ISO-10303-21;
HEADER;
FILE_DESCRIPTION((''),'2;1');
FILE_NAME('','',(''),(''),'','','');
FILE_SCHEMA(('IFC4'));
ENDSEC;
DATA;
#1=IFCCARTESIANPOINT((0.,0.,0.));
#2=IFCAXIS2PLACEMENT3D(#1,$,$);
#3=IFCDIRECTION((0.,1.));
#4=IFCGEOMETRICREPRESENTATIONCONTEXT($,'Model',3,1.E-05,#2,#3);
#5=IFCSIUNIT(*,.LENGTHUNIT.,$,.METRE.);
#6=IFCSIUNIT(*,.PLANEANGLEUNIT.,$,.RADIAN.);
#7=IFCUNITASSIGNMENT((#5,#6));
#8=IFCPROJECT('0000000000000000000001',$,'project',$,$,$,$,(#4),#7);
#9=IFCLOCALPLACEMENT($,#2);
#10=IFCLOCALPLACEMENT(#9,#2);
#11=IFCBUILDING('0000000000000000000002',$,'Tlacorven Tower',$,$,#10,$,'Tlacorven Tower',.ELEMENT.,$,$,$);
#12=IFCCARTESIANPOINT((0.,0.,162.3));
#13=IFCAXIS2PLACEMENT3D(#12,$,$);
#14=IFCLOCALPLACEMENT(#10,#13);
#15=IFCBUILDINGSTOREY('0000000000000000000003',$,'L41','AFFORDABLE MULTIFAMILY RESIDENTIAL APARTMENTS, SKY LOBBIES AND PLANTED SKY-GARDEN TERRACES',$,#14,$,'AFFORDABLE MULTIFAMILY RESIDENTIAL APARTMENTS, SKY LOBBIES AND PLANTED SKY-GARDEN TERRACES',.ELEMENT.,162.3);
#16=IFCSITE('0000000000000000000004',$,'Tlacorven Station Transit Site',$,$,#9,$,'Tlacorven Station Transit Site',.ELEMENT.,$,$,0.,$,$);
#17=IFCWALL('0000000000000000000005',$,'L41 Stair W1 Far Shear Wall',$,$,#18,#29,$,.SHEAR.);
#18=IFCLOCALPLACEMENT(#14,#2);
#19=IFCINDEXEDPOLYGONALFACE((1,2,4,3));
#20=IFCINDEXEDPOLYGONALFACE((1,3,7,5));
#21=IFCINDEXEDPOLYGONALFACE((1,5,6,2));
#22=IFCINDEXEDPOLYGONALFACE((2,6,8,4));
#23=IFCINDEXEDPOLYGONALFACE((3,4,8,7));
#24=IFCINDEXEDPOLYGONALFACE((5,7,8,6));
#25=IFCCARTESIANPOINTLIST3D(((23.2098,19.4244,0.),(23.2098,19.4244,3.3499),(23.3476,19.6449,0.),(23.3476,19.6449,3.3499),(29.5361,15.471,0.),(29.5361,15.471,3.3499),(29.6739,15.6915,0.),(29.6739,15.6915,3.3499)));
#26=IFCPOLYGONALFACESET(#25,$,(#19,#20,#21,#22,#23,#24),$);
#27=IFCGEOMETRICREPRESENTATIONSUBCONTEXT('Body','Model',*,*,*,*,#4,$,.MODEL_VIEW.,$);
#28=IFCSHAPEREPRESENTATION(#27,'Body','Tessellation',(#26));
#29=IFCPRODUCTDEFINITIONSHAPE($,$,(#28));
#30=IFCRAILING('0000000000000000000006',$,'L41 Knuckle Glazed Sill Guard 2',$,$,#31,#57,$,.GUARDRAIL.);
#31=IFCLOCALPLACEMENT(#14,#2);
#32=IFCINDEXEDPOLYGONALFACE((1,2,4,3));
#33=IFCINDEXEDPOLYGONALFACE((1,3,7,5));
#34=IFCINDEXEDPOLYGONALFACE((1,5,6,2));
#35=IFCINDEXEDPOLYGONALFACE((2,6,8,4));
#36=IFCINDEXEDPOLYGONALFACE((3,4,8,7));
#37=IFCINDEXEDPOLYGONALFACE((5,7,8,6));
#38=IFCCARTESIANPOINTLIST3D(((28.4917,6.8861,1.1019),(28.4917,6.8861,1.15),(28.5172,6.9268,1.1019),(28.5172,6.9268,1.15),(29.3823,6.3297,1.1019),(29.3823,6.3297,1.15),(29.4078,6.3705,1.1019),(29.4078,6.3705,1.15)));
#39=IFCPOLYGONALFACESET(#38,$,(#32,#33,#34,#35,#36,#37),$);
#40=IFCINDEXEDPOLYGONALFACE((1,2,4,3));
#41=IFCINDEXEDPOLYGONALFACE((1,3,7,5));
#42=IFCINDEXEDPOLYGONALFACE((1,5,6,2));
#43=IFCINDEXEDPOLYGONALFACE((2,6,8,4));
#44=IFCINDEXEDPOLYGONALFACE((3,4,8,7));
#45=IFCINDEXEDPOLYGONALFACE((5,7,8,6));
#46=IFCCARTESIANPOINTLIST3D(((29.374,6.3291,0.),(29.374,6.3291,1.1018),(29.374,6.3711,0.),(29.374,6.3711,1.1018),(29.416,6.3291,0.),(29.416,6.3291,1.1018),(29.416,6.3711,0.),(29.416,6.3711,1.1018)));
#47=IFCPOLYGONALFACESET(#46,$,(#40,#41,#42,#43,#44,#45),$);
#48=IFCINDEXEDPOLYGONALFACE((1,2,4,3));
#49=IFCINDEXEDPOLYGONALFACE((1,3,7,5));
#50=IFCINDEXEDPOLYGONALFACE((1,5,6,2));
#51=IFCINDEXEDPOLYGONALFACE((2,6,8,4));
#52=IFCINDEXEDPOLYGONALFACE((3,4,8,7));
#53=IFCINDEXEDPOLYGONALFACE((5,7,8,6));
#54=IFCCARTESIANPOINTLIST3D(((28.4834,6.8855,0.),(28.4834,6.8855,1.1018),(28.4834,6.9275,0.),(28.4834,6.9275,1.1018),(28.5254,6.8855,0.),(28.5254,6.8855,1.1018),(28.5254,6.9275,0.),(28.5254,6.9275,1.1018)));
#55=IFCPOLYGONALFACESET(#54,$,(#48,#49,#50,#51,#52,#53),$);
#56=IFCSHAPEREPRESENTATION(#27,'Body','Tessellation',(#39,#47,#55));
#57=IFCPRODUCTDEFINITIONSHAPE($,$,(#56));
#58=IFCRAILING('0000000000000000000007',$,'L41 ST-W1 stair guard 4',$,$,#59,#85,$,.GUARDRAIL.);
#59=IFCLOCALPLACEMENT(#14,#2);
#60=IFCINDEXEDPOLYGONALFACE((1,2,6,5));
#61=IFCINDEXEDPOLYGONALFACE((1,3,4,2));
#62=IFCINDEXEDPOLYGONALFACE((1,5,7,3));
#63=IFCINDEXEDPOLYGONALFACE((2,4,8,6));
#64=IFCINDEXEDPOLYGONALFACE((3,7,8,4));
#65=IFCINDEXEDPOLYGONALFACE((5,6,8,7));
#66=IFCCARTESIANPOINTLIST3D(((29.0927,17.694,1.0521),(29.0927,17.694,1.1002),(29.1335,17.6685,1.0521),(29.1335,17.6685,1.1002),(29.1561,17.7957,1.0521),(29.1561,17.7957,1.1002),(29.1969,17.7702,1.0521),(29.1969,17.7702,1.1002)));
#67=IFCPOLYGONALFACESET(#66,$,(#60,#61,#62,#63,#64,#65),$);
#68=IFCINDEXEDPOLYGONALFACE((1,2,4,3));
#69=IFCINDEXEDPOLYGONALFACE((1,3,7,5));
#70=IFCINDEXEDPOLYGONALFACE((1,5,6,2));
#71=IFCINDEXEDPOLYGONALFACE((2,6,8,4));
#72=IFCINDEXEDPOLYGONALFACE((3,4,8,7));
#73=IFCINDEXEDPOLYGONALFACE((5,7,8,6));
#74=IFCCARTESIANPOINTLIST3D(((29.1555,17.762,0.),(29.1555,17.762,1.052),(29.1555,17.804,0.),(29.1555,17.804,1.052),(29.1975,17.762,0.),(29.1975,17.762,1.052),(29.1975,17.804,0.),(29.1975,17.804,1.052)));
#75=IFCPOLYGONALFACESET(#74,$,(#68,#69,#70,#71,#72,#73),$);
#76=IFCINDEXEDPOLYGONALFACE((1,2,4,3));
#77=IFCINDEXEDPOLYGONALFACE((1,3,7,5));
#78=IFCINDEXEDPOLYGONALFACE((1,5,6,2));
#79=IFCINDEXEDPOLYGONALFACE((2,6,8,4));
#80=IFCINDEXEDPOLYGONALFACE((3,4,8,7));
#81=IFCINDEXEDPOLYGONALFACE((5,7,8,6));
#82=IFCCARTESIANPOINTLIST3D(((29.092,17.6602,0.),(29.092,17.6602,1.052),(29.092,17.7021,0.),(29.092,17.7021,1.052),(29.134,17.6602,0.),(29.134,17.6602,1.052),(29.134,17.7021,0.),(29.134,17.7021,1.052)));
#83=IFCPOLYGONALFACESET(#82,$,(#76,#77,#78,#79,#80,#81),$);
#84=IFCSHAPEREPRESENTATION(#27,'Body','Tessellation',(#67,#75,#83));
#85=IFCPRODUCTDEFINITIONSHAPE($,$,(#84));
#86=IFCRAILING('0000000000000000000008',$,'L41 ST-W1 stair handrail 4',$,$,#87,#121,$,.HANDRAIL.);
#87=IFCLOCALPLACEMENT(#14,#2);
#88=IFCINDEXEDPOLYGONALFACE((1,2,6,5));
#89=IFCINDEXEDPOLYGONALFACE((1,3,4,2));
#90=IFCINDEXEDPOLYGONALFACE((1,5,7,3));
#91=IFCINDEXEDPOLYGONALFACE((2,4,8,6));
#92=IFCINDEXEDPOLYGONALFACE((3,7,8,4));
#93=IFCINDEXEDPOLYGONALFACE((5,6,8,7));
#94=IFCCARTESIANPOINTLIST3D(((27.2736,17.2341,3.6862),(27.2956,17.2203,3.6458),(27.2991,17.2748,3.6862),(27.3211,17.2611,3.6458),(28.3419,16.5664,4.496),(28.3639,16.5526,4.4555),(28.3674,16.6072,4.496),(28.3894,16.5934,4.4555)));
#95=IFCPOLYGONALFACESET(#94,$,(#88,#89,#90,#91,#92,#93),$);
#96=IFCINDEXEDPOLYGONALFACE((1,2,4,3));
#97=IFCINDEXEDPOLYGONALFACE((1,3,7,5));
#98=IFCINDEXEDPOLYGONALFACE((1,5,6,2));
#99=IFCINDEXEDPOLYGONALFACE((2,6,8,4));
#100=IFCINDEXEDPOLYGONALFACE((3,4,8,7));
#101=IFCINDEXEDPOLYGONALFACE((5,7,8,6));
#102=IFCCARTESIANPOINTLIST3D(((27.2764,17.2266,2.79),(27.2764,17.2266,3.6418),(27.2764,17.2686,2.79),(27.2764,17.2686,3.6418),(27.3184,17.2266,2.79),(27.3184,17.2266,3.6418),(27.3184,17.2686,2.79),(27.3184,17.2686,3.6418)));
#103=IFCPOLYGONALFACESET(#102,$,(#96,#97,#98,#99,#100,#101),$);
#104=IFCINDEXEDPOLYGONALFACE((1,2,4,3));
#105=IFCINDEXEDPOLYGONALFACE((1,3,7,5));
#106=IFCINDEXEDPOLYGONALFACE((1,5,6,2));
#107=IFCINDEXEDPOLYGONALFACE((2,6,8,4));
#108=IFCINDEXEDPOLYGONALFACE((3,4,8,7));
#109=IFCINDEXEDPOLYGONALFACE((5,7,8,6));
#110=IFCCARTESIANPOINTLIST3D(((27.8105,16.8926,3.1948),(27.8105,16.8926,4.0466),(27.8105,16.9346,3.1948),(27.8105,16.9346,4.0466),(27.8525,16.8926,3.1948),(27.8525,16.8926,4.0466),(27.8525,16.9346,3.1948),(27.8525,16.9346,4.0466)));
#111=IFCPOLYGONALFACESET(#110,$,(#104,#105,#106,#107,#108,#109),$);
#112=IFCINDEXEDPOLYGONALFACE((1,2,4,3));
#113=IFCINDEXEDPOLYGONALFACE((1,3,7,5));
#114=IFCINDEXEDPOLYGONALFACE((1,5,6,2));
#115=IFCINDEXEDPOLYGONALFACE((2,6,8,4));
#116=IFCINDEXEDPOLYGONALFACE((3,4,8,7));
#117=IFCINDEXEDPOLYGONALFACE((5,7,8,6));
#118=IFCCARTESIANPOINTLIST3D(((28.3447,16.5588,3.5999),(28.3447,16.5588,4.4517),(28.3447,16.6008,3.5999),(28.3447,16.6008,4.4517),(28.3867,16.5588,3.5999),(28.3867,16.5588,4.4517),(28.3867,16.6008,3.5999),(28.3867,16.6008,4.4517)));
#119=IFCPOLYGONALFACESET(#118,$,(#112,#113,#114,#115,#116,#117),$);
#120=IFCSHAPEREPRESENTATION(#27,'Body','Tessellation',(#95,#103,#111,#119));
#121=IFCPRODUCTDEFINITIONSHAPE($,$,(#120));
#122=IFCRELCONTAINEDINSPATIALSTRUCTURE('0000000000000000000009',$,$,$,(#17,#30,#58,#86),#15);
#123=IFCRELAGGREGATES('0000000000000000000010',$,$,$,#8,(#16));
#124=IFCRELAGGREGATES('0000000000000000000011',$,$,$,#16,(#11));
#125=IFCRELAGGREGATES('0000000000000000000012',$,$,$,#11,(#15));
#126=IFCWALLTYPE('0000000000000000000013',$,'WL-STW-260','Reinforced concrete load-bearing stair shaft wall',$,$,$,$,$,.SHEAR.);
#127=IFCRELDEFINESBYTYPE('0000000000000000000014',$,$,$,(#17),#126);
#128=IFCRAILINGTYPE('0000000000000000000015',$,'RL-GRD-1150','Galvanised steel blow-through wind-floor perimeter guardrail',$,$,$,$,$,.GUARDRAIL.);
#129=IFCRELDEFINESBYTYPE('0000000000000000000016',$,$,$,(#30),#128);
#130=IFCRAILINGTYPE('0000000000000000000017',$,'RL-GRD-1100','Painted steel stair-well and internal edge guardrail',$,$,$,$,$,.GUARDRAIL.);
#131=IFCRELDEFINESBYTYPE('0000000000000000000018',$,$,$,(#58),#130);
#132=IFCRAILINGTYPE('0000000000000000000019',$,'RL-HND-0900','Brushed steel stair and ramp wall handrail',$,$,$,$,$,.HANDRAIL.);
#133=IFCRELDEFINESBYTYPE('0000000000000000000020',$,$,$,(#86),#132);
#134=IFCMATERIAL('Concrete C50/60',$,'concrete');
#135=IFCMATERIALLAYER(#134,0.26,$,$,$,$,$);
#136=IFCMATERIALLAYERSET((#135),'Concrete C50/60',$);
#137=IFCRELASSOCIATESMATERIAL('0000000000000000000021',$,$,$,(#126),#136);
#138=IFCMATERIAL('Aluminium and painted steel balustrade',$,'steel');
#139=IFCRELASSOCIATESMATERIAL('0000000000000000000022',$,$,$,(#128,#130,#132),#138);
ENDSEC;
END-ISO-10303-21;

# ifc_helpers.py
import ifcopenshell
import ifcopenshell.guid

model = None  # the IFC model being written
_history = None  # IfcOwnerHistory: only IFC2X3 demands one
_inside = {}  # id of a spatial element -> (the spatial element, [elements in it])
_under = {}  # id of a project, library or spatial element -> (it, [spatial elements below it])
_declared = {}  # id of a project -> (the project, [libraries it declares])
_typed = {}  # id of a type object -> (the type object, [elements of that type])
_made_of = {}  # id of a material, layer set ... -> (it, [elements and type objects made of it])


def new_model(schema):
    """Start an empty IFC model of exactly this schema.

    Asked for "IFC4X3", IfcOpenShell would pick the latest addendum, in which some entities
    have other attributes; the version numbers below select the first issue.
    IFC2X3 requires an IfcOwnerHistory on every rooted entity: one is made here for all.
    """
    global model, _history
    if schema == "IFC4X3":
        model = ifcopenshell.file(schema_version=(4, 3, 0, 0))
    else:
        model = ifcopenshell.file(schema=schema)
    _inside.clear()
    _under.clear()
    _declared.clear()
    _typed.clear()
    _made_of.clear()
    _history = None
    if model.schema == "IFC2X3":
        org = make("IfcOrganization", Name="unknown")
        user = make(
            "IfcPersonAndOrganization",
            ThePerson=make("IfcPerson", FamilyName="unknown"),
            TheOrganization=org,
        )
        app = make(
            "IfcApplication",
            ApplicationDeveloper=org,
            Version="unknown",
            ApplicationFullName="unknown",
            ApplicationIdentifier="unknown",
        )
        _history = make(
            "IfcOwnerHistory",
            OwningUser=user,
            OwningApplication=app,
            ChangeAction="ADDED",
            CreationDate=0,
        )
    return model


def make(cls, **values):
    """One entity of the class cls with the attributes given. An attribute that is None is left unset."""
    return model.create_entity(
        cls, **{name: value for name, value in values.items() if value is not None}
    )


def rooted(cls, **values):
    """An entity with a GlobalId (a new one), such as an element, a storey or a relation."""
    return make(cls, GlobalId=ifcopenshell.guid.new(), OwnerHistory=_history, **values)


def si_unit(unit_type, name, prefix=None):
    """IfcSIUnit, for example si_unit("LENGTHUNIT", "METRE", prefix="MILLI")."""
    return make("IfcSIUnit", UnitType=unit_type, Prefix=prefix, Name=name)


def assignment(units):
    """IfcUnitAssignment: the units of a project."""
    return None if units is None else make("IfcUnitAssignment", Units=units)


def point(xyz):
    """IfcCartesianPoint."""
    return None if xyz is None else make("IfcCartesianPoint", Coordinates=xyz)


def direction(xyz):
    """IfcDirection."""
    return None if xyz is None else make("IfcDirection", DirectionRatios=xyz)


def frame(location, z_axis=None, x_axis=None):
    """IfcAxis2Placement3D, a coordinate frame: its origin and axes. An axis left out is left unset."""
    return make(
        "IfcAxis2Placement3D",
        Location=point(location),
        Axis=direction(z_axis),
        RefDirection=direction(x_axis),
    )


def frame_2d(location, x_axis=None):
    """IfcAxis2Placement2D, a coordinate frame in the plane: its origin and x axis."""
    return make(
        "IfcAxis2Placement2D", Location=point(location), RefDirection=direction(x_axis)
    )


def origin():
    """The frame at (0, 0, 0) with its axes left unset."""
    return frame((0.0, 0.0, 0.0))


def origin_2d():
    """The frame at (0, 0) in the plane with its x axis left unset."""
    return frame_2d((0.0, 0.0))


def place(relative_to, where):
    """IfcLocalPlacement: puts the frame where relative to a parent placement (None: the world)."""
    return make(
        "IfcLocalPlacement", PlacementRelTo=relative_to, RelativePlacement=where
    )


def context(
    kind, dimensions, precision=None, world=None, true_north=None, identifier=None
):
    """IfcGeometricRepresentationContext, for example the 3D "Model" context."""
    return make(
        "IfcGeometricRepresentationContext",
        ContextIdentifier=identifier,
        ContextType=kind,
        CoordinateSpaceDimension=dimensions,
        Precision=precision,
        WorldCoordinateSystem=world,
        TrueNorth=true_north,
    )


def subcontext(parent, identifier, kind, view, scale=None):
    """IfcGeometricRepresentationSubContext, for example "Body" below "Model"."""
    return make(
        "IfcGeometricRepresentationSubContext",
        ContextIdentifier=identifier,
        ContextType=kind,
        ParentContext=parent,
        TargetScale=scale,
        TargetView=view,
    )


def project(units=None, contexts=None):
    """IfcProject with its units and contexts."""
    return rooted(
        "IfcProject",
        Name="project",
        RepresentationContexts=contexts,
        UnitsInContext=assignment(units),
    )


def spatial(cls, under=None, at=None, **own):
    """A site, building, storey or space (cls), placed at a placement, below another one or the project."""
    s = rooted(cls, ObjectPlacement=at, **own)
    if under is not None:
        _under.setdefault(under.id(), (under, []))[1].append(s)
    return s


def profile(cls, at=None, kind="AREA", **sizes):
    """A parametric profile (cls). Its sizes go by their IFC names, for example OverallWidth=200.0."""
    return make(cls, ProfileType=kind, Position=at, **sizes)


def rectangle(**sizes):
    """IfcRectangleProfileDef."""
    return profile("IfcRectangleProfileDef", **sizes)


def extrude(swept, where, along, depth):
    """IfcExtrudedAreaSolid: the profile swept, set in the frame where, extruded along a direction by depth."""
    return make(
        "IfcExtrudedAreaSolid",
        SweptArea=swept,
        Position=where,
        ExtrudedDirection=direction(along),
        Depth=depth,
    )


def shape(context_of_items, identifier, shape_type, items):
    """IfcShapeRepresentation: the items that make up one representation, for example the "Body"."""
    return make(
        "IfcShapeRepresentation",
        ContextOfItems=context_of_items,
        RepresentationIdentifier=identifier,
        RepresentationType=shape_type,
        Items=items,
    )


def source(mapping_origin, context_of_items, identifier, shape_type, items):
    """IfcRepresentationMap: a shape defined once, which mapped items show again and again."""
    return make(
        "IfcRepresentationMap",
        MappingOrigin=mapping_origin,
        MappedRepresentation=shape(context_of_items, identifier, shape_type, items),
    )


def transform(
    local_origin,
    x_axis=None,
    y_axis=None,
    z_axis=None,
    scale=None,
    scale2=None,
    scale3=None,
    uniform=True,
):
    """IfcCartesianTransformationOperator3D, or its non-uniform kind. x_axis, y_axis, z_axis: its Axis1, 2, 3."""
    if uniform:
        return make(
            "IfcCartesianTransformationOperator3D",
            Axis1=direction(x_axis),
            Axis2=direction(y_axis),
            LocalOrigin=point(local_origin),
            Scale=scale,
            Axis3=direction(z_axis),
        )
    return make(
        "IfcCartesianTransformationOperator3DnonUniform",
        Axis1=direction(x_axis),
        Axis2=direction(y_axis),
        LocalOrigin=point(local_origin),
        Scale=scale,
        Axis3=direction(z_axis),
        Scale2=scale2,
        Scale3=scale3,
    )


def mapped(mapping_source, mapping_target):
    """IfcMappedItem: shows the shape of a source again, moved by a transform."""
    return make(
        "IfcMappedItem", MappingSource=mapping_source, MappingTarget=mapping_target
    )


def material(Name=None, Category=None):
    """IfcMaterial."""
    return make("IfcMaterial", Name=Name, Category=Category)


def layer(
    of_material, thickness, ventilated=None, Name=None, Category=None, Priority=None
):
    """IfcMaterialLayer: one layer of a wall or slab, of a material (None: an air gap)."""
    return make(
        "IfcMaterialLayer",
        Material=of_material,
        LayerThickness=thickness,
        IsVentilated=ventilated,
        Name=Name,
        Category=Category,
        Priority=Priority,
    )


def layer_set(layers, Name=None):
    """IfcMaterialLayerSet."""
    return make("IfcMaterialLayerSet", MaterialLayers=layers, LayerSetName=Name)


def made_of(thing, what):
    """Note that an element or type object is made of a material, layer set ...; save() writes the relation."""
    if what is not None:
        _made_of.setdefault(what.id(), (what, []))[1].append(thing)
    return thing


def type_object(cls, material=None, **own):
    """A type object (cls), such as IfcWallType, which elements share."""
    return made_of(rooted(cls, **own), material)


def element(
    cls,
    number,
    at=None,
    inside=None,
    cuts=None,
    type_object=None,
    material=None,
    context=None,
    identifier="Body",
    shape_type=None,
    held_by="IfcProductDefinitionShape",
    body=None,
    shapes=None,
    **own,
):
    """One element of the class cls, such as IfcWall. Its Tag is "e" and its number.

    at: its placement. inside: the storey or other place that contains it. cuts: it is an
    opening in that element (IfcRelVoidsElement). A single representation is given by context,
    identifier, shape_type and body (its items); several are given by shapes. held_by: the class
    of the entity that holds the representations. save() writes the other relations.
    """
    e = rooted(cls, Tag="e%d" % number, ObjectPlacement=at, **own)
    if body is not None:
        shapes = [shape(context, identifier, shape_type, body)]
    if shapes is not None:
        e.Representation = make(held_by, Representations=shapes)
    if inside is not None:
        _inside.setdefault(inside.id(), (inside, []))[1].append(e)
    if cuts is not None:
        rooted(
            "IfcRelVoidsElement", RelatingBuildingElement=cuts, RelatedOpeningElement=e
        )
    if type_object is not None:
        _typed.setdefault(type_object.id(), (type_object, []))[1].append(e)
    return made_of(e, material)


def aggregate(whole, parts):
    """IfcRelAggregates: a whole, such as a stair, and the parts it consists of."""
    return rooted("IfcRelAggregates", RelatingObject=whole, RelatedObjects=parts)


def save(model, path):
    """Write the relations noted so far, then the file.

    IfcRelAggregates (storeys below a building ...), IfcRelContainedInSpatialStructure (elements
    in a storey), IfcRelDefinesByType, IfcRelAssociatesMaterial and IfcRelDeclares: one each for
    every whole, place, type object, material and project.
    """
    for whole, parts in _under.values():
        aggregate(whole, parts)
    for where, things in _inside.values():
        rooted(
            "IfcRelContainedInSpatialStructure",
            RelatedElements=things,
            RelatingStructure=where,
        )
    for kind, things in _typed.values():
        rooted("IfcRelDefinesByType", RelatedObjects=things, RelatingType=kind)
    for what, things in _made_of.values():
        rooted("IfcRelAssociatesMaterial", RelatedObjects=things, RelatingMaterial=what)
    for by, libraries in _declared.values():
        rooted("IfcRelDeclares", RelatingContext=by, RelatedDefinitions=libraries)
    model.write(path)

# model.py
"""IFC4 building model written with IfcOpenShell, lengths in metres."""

from ifc_helpers import new_model, si_unit, direction, frame, frame_2d, origin, origin_2d, place, context, subcontext, project, spatial, rectangle, extrude, source, transform, mapped, material, layer, layer_set, type_object, element, save


model = new_model("IFC4")

# Units and contexts
model_context = context("Model", 3, precision=1e-05, world=origin(), true_north=direction((0.0, 1.0)))
body_context = subcontext(model_context, "Body", "Model", "MODEL_VIEW")
ifc_project = project(units=[si_unit("LENGTHUNIT", "METRE"), si_unit("PLANEANGLEUNIT", "RADIAN")], contexts=[model_context])

# Site, building, storey
site_placement = place(None, origin())
site = spatial("IfcSite", under=ifc_project, at=site_placement, Name="Tlacorven Station Transit Site", LongName="Tlacorven Station Transit Site", CompositionType="ELEMENT", RefElevation=0.0)
building_placement = place(site_placement, origin())
building = spatial("IfcBuilding", under=site, at=building_placement, Name="Tlacorven Tower", LongName="Tlacorven Tower", CompositionType="ELEMENT")
storey_placement = place(building_placement, frame((0.0, 0.0, 162.3)))
storey = spatial("IfcBuildingStorey", under=building, at=storey_placement, Name="L41", Description="AFFORDABLE MULTIFAMILY RESIDENTIAL APARTMENTS, SKY LOBBIES AND PLANTED SKY-GARDEN TERRACES", LongName="AFFORDABLE MULTIFAMILY RESIDENTIAL APARTMENTS, SKY LOBBIES AND PLANTED SKY-GARDEN TERRACES", CompositionType="ELEMENT", Elevation=162.3)

# Wall
ifc_material_1 = material(Name="Concrete C50/60", Category="concrete")
ifc_layer_1 = layer(ifc_material_1, 0.26)
ifc_layer_set_1 = layer_set([ifc_layer_1], Name="Concrete C50/60")
wall_type_1 = type_object("IfcWallType", Name="WL-STW-260", Description="Reinforced concrete load-bearing stair shaft wall", PredefinedType="SHEAR", material=ifc_layer_set_1)
wall_1_placement = place(storey_placement, frame((29.605, 15.5813, 0.0), z_axis=(0.0, 0.0, 1.0), x_axis=(-0.848037, 0.529937, 0.0)))
element("IfcWall", 1, at=wall_1_placement, inside=storey, type_object=wall_type_1, Name="L41 Stair W1 Far Shear Wall", PredefinedType="SHEAR", context=body_context, shape_type="SweptSolid", body=[
    extrude(rectangle(XDim=7.46, YDim=0.26, at=frame_2d((3.73, 0.0))), origin(), (0.0, 0.0, 1.0), 3.3499),
])

# Railings
ifc_material_2 = material(Name="Aluminium and painted steel balustrade", Category="steel")
railing_type_1 = type_object("IfcRailingType", Name="RL-GRD-1150", Description="Galvanised steel blow-through wind-floor perimeter guardrail", PredefinedType="GUARDRAIL", material=ifc_material_2)
shared_shape_1 = source(origin(), body_context, "Body", "SweptSolid", [
    extrude(rectangle(XDim=0.0481, YDim=0.0481, at=origin_2d()), frame((0.0, 0.0, 1.126), z_axis=(-0.848103, 0.529832, 0.0), x_axis=(-0.529832, -0.848103, 0.0)), (0.0, 0.0, 1.0), 1.05),
    extrude(rectangle(XDim=0.042, YDim=0.042, at=origin_2d()), origin(), (0.0, 0.0, 1.0), 1.1018),
    extrude(rectangle(XDim=0.042, YDim=0.042, at=origin_2d()), frame((-0.8906, 0.5564, 0.0)), (0.0, 0.0, 1.0), 1.1018),
])
railing_1_placement = place(storey_placement, frame((29.395, 6.3501, 0.0)))
element("IfcRailing", 2, at=railing_1_placement, inside=storey, type_object=railing_type_1, Name="L41 Knuckle Glazed Sill Guard 2", PredefinedType="GUARDRAIL", context=body_context, shape_type="MappedRepresentation", body=[
    mapped(shared_shape_1, transform((0.0, 0.0, 0.0), scale=1.0)),
])
railing_type_2 = type_object("IfcRailingType", Name="RL-GRD-1100", Description="Painted steel stair-well and internal edge guardrail", PredefinedType="GUARDRAIL", material=ifc_material_2)
shared_shape_2 = source(origin(), body_context, "Body", "SweptSolid", [
    extrude(rectangle(XDim=0.0481, YDim=0.0481, at=origin_2d()), frame((0.0, 0.0, 1.0762), z_axis=(-0.529084, -0.848569, 0.0), x_axis=(0.848569, -0.529084, 0.0)), (0.0, 0.0, 1.0), 0.1199),
    extrude(rectangle(XDim=0.042, YDim=0.042, at=origin_2d()), origin(), (0.0, 0.0, 1.0), 1.052),
    extrude(rectangle(XDim=0.042, YDim=0.042, at=origin_2d()), frame((-0.0635, -0.1018, 0.0)), (0.0, 0.0, 1.0), 1.052),
])
railing_2_placement = place(storey_placement, frame((29.1765, 17.783, 0.0)))
element("IfcRailing", 3, at=railing_2_placement, inside=storey, type_object=railing_type_2, Name="L41 ST-W1 stair guard 4", PredefinedType="GUARDRAIL", context=body_context, shape_type="MappedRepresentation", body=[
    mapped(shared_shape_2, transform((0.0, 0.0, 0.0), scale=1.0)),
])
railing_type_3 = type_object("IfcRailingType", Name="RL-HND-0900", Description="Brushed steel stair and ramp wall handrail", PredefinedType="HANDRAIL", material=ifc_material_2)
shared_shape_3 = source(origin(), body_context, "Body", "SweptSolid", [
    extrude(rectangle(XDim=0.0481, YDim=0.0481, at=origin_2d()), frame((0.0, 0.0, 0.876), z_axis=(0.713343, -0.445839, 0.540712), x_axis=(0.529999, 0.847998, 0.0)), (0.0, 0.0, 1.0), 1.4976),
    extrude(rectangle(XDim=0.042, YDim=0.042, at=origin_2d()), origin(), (0.0, 0.0, 1.0), 0.8518),
    extrude(rectangle(XDim=0.042, YDim=0.042, at=origin_2d()), frame((0.5342, -0.334, 0.4048)), (0.0, 0.0, 1.0), 0.8518),
    extrude(rectangle(XDim=0.042, YDim=0.042, at=origin_2d()), frame((1.0684, -0.6677, 0.8098)), (0.0, 0.0, 1.0), 0.8518),
])
railing_3_placement = place(storey_placement, frame((27.2974, 17.2476, 2.79)))
element("IfcRailing", 4, at=railing_3_placement, inside=storey, type_object=railing_type_3, Name="L41 ST-W1 stair handrail 4", PredefinedType="HANDRAIL", context=body_context, shape_type="MappedRepresentation", body=[
    mapped(shared_shape_3, transform((0.0, 0.0, 0.0), scale=1.0)),
])

save(model, "model.ifc")
